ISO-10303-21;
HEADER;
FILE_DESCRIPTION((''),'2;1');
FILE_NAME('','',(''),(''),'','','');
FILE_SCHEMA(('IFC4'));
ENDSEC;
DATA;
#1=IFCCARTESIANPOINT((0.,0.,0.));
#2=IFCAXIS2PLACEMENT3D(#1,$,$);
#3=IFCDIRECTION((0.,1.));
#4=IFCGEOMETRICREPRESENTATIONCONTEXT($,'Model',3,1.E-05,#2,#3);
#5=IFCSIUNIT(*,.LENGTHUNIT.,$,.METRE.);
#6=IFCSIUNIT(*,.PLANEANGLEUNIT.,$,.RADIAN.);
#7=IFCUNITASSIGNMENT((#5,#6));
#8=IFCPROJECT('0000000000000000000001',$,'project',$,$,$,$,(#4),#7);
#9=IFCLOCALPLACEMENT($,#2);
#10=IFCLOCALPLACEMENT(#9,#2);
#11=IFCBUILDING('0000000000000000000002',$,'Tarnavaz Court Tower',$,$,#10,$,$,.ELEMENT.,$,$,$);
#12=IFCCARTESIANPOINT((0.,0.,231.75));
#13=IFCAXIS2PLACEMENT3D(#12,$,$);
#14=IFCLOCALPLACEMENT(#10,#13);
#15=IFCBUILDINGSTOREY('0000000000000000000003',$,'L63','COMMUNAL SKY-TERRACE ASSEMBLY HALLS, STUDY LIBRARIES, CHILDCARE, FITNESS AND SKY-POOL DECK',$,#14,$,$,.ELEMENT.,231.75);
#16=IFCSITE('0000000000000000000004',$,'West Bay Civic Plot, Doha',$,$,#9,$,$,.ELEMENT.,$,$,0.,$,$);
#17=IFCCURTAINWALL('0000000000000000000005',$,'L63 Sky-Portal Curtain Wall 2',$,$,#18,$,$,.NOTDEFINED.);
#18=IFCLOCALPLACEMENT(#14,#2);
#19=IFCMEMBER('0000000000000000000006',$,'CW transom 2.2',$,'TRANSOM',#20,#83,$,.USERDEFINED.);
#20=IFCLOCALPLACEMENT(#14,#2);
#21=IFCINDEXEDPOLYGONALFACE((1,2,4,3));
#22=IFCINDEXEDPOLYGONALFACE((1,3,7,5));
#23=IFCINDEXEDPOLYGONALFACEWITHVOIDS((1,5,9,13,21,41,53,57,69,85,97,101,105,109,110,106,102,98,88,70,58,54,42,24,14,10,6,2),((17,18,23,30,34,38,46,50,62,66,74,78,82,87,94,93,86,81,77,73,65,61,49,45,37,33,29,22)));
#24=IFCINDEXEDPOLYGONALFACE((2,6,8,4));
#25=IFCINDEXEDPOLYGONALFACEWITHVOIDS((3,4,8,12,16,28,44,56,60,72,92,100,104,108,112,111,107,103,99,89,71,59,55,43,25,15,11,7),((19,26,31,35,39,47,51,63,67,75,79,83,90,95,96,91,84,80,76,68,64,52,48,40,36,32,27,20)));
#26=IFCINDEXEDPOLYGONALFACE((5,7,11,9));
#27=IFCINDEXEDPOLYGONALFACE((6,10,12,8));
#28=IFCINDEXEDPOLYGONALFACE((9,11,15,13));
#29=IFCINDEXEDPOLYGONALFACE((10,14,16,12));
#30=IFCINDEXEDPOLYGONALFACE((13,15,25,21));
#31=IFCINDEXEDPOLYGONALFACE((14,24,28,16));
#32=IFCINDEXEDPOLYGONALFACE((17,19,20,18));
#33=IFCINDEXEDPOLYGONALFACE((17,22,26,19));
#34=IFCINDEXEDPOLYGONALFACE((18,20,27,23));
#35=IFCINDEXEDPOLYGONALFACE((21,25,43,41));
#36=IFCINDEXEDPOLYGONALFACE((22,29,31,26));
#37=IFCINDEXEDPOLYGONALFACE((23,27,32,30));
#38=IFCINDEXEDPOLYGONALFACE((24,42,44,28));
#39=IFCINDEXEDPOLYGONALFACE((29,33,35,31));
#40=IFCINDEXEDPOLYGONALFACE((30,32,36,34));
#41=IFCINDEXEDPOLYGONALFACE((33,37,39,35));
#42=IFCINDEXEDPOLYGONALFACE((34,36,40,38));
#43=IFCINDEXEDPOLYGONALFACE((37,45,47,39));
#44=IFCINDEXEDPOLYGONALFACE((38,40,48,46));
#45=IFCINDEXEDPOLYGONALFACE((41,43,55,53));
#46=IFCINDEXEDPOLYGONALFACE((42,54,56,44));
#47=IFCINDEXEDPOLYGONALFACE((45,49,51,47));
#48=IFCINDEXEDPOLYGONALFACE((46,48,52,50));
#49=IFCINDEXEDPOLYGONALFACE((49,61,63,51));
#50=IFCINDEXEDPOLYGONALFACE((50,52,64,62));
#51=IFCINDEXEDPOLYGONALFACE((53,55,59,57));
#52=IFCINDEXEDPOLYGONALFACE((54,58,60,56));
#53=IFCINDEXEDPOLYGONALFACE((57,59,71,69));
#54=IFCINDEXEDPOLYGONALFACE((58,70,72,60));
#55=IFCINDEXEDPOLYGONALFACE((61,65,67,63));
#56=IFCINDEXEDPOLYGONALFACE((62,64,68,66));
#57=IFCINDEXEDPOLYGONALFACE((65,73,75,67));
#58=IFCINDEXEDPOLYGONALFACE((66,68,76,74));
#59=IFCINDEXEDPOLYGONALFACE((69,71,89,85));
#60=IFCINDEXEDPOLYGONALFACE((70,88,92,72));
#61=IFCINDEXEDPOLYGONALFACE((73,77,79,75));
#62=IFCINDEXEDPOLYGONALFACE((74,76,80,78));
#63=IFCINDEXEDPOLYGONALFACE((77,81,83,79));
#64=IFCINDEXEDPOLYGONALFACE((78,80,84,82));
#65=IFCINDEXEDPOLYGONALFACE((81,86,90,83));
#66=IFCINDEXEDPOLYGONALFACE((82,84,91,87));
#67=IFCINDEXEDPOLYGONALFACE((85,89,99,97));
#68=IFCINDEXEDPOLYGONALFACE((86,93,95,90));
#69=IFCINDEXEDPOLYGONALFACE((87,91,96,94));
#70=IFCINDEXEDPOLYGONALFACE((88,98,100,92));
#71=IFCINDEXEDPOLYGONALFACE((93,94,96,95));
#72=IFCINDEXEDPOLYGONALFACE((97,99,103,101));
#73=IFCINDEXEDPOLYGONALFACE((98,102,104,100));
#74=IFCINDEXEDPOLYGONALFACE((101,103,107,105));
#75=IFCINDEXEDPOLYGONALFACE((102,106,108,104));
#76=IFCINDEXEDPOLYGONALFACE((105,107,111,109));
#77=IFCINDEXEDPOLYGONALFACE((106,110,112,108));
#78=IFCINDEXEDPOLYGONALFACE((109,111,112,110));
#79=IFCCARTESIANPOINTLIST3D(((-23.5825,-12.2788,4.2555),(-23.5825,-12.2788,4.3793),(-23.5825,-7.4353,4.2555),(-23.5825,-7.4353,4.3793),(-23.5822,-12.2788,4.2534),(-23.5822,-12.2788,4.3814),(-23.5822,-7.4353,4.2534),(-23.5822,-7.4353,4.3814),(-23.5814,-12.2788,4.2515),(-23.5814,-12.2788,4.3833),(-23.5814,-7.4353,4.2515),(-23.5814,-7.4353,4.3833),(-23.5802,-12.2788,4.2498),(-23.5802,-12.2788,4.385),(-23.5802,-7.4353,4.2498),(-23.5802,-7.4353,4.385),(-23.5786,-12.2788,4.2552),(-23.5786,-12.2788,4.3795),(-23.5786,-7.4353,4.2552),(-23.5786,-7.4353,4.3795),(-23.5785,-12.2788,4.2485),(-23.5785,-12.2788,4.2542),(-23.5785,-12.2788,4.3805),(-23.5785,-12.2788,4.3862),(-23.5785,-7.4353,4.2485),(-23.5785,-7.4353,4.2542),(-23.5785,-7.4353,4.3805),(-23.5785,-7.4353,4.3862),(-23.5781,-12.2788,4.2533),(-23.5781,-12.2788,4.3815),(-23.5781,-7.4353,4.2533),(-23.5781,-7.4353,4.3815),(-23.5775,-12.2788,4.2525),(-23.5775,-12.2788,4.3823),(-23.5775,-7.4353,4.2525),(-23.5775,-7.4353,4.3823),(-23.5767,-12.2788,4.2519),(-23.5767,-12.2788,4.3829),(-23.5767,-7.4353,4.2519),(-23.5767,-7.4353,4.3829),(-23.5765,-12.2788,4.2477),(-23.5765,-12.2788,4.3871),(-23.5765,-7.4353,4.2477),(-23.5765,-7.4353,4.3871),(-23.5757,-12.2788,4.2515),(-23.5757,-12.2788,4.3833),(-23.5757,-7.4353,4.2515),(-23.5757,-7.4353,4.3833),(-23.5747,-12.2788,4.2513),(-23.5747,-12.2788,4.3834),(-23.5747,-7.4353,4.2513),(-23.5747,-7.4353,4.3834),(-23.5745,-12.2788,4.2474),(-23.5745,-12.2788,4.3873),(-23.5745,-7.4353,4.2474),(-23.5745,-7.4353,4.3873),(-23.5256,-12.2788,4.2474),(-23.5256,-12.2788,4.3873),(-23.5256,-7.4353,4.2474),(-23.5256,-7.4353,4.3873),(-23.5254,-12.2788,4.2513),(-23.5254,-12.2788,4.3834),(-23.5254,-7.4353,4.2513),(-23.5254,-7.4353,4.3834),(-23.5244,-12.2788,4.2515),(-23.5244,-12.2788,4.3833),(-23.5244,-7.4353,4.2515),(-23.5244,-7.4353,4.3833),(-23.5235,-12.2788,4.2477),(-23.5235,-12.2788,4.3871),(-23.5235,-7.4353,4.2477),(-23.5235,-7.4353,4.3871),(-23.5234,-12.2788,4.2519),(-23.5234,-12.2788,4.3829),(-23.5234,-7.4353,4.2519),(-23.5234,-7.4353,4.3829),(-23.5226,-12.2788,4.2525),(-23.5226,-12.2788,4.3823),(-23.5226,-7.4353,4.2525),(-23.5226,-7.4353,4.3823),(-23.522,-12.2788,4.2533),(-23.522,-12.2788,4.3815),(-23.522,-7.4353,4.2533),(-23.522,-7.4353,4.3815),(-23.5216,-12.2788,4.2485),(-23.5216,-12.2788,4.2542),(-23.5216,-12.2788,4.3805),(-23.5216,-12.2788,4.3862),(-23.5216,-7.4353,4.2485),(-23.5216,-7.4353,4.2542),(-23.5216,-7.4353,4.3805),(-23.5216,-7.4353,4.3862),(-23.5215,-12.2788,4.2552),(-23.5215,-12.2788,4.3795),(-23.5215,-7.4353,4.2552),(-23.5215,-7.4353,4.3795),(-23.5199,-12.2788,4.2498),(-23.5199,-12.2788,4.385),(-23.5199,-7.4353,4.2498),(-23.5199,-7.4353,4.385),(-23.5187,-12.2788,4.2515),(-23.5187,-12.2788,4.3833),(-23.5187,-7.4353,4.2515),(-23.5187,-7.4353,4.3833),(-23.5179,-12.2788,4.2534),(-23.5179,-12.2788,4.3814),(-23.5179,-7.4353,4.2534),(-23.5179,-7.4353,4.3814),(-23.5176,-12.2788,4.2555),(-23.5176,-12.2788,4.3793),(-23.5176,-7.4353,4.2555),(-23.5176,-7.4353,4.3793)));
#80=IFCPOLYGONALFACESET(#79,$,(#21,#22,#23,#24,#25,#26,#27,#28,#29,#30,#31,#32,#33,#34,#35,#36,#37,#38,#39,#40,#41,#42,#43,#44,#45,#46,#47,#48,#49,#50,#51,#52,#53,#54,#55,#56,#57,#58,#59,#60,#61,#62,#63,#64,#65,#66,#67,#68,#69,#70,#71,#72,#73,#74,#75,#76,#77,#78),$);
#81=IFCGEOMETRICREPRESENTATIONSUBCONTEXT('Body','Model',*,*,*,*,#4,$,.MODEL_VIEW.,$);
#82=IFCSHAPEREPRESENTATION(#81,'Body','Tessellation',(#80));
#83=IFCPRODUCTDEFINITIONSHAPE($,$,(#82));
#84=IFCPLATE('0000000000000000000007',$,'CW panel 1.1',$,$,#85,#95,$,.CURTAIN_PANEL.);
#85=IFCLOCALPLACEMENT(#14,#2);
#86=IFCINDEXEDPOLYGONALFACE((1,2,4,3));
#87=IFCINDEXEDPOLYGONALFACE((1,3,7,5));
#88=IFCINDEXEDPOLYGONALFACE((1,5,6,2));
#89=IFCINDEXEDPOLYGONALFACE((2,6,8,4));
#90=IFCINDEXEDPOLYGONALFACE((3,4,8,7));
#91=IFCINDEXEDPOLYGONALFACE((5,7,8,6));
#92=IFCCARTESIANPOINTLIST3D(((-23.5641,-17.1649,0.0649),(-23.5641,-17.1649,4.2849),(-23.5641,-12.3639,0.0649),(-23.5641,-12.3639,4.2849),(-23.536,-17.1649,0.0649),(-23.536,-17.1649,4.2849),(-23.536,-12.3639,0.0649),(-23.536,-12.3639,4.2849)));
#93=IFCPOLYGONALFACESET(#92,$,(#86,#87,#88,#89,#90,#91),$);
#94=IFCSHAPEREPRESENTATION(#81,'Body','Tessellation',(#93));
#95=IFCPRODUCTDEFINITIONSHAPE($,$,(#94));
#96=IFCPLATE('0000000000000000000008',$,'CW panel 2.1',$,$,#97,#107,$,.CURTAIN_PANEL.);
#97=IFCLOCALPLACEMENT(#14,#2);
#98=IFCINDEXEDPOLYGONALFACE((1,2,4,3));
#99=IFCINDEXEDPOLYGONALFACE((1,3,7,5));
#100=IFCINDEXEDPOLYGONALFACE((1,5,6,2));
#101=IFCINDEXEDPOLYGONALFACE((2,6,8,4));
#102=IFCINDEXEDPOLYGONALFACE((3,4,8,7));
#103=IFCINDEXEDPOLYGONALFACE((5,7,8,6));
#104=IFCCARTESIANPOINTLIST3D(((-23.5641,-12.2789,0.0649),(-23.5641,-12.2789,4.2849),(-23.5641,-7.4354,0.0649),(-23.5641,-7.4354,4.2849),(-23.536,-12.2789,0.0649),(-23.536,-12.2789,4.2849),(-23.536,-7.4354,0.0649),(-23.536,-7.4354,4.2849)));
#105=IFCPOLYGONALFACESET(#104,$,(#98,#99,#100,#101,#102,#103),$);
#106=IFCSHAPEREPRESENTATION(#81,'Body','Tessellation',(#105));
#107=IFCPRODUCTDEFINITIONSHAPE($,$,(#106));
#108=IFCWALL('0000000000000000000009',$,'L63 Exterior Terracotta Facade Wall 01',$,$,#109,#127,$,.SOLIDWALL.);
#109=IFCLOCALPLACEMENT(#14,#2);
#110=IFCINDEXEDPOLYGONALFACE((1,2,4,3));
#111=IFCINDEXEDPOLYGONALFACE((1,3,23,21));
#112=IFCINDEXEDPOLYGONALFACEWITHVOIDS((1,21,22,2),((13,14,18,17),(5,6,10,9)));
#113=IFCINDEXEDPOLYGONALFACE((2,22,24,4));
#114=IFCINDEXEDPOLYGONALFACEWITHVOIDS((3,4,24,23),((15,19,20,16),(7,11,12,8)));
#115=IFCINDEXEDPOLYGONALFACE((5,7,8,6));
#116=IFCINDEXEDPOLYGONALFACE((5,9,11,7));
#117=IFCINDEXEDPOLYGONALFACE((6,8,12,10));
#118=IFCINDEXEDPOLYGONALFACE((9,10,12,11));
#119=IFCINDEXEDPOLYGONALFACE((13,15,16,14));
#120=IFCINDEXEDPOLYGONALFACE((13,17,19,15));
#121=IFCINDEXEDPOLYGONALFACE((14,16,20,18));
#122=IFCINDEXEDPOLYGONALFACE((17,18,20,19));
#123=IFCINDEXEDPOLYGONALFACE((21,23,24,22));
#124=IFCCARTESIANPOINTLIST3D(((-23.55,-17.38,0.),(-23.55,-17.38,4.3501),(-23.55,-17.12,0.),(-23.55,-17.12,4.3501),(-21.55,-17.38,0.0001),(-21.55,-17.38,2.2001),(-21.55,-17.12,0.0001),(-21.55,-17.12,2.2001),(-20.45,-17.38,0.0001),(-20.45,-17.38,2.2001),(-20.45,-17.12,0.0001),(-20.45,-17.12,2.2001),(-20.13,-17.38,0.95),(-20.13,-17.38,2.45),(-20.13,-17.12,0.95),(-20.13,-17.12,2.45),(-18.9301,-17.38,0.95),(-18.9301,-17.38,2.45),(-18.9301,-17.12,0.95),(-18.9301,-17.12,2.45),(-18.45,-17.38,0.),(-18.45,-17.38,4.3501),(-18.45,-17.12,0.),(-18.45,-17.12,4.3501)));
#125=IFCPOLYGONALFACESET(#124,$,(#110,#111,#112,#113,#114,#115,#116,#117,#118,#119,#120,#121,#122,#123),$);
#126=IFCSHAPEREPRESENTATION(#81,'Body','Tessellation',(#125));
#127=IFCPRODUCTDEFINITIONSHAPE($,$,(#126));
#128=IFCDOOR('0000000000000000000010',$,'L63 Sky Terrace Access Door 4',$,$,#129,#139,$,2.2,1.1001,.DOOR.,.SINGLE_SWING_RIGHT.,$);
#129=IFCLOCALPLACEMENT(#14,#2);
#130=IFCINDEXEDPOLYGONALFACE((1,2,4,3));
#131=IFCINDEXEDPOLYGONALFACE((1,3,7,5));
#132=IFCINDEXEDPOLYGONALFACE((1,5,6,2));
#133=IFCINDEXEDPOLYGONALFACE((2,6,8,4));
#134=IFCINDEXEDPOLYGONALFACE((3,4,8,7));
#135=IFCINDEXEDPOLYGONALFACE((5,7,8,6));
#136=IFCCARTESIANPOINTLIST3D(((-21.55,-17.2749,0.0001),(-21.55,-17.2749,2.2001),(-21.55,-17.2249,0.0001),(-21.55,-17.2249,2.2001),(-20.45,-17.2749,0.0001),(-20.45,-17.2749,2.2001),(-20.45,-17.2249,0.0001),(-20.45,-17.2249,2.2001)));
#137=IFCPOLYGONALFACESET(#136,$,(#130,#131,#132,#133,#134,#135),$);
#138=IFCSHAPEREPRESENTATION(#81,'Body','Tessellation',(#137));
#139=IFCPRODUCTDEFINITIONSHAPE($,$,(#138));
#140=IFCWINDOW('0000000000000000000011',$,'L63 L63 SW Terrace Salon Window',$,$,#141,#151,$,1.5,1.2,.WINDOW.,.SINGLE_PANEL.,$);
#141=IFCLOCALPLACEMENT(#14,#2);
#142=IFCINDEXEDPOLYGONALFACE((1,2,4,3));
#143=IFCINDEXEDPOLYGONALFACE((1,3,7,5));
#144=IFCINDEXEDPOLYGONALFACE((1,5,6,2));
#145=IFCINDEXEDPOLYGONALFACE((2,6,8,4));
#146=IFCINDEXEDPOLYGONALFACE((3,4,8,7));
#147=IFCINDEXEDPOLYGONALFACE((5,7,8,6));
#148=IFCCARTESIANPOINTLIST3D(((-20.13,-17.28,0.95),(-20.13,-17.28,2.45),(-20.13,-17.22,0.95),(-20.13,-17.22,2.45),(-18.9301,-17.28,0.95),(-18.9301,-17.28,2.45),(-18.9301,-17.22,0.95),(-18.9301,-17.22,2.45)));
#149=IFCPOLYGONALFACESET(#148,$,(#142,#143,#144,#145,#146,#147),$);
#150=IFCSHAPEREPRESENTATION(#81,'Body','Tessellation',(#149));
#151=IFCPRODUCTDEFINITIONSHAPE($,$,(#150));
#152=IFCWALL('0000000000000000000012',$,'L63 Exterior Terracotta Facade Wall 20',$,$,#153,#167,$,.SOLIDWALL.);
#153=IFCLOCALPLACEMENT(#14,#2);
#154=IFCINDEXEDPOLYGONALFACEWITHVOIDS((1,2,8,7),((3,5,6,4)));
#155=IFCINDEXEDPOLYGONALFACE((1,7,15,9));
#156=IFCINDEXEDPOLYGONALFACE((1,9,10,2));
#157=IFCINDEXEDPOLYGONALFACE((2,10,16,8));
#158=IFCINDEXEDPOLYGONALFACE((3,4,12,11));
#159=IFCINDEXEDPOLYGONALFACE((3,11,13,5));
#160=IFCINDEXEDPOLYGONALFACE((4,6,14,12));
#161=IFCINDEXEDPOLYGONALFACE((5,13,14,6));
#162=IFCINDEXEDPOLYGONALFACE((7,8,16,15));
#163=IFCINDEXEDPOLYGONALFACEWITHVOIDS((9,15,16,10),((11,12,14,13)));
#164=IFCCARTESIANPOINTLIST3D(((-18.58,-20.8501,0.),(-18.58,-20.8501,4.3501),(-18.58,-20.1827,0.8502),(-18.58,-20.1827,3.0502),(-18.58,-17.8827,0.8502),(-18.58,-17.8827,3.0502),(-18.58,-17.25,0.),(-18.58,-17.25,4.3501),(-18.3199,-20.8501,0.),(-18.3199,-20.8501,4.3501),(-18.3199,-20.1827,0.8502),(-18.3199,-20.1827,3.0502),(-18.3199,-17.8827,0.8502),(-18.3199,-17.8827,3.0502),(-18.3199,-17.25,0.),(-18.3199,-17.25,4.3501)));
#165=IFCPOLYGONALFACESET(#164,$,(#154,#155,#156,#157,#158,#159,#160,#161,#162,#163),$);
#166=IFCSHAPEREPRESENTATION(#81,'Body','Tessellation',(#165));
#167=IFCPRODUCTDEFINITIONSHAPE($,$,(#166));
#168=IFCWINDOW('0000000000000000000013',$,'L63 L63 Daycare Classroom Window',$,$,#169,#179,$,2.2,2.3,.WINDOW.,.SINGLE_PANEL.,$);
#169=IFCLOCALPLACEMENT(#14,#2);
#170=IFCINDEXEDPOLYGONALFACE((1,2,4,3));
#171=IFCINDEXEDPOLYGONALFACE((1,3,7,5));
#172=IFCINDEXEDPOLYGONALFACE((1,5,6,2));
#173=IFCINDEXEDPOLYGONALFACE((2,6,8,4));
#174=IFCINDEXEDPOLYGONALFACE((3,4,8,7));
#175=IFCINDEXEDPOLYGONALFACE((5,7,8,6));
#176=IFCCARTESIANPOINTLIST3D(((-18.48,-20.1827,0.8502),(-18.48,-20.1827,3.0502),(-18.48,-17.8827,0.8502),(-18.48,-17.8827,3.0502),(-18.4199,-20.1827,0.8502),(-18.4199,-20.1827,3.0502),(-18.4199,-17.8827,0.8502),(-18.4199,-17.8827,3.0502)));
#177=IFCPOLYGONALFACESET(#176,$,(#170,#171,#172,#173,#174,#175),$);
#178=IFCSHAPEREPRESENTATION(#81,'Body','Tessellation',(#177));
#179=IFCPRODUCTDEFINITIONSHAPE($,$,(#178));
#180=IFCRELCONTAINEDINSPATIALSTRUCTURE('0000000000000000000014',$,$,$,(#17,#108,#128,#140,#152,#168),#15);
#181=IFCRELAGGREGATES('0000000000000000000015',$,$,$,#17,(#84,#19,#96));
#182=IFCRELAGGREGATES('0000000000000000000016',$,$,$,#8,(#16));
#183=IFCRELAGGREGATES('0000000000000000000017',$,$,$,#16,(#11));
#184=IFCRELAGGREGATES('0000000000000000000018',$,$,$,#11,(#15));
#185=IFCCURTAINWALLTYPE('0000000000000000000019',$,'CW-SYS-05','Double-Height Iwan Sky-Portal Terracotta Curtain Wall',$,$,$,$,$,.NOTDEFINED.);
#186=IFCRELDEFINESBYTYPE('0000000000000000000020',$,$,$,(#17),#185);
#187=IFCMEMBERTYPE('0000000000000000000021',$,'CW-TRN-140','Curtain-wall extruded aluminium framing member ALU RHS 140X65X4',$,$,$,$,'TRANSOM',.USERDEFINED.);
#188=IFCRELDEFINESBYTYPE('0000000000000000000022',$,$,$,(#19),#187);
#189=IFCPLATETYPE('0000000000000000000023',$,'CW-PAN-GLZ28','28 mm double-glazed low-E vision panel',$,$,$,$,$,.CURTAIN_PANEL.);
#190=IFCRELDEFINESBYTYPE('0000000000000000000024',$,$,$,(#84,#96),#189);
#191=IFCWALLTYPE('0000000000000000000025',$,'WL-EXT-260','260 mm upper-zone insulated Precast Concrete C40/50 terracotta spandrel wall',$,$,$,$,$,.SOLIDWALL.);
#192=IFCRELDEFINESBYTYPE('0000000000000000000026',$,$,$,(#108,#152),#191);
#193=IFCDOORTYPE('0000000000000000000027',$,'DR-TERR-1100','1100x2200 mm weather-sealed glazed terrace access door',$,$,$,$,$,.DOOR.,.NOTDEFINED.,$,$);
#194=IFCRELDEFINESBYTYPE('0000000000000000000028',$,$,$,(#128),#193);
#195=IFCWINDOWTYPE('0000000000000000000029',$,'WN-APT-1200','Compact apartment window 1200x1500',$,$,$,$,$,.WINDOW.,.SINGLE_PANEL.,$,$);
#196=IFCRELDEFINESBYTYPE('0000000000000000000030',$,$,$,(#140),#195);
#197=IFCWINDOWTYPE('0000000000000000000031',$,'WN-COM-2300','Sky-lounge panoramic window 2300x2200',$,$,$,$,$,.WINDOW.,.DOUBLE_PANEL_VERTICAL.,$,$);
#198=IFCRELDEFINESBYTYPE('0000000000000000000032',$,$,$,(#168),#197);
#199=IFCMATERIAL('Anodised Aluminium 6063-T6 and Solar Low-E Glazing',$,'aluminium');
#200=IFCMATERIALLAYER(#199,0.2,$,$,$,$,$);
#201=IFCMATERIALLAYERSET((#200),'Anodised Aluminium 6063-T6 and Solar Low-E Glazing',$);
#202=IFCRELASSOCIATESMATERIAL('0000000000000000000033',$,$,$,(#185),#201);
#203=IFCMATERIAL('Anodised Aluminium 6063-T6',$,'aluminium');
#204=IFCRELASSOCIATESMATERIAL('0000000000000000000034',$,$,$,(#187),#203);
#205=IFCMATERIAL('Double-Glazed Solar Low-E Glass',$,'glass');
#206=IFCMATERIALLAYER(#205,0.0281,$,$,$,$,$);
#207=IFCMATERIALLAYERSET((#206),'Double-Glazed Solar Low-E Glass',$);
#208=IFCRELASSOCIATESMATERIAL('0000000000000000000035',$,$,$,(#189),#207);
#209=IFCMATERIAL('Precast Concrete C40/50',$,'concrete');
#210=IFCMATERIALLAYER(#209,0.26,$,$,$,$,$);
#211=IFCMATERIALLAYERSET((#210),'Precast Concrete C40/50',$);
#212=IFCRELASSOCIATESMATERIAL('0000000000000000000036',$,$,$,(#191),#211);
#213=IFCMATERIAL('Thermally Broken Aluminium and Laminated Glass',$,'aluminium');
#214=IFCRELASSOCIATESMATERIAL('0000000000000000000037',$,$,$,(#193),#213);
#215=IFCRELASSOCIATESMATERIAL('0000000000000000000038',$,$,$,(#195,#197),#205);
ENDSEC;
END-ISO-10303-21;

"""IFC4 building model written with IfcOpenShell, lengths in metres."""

from ifc_helpers import new_model, si_unit, direction, frame, frame_2d, origin, origin_2d, place, context, subcontext, project, spatial, rectangle, hollow_rectangle, extrude, material, layer, layer_set, material_profile, profile_set, type_object, element, fill, aggregate, save


model = new_model("IFC4")

# Units and contexts
model_context = context("Model", 3, precision=1e-05, world=origin(), true_north=direction((0.0, 1.0)))
body_context = subcontext(model_context, "Body", "Model", "MODEL_VIEW")
ifc_project = project(units=[si_unit("LENGTHUNIT", "METRE"), si_unit("PLANEANGLEUNIT", "RADIAN")], contexts=[model_context])

# Site, building, storey
site_placement = place(None, origin())
site = spatial("IfcSite", under=ifc_project, at=site_placement, Name="West Bay Civic Plot, Doha", CompositionType="ELEMENT", RefElevation=0.0)
building_placement = place(site_placement, origin())
building = spatial("IfcBuilding", under=site, at=building_placement, Name="Tarnavaz Court Tower", CompositionType="ELEMENT")
storey_placement = place(building_placement, frame((0.0, 0.0, 231.75)))
storey = spatial("IfcBuildingStorey", under=building, at=storey_placement, Name="L63", Description="COMMUNAL SKY-TERRACE ASSEMBLY HALLS, STUDY LIBRARIES, CHILDCARE, FITNESS AND SKY-POOL DECK", CompositionType="ELEMENT", Elevation=231.75)

# Curtain wall, member, plates
ifc_material_1 = material(Name="Anodised Aluminium 6063-T6 and Solar Low-E Glazing", Category="aluminium")
ifc_layer_1 = layer(ifc_material_1, 0.2)
ifc_layer_set_1 = layer_set([ifc_layer_1], Name="Anodised Aluminium 6063-T6 and Solar Low-E Glazing")
curtain_wall_type = type_object("IfcCurtainWallType", Name="CW-SYS-05", Description="Double-Height Iwan Sky-Portal Terracotta Curtain Wall", PredefinedType="NOTDEFINED", material=ifc_layer_set_1)
curtain_wall_placement = place(storey_placement, origin())
curtain_wall = element("IfcCurtainWall", 1, at=curtain_wall_placement, inside=storey, type_object=curtain_wall_type, Name="L63 Sky-Portal Curtain Wall 2", PredefinedType="NOTDEFINED")
ifc_material_2 = material(Name="Anodised Aluminium 6063-T6", Category="aluminium")
ifc_material_profile_1 = material_profile(ifc_material_2, hollow_rectangle(XDim=0.0649, YDim=0.1399, WallThickness=0.0039, InnerFilletRadius=0.0039, OuterFilletRadius=0.0081, at=origin_2d()), Name="ALU RHS 140X65X4")
ifc_profile_set_1 = profile_set([ifc_material_profile_1], Name="Anodised Aluminium 6063-T6")
member_type_1 = type_object("IfcMemberType", Name="CW-TRN-140", Description="Curtain-wall extruded aluminium framing member ALU RHS 140X65X4", ElementType="TRANSOM", PredefinedType="USERDEFINED", material=ifc_profile_set_1)
member_1_placement = place(storey_placement, frame((-23.55, -12.2788, 4.3174), z_axis=(0.0, 1.0, 0.0), x_axis=(-1.0, 0.0, 0.0)))
member_1 = element("IfcMember", 2, at=member_1_placement, type_object=member_type_1, Name="CW transom 2.2", ObjectType="TRANSOM", PredefinedType="USERDEFINED", context=body_context, shape_type="SweptSolid", body=[
    extrude(hollow_rectangle(XDim=0.0649, YDim=0.1399, WallThickness=0.0039, InnerFilletRadius=0.0039, OuterFilletRadius=0.0081, at=origin_2d()), origin(), (0.0, 0.0, 1.0), 4.8435),
])
ifc_material_3 = material(Name="Double-Glazed Solar Low-E Glass", Category="glass")
ifc_layer_2 = layer(ifc_material_3, 0.0281)
ifc_layer_set_2 = layer_set([ifc_layer_2], Name="Double-Glazed Solar Low-E Glass")
plate_type = type_object("IfcPlateType", Name="CW-PAN-GLZ28", Description="28 mm double-glazed low-E vision panel", PredefinedType="CURTAIN_PANEL", material=ifc_layer_set_2)
plate_1_placement = place(storey_placement, frame((-23.55, -14.7644, 0.0649), z_axis=(0.0, 0.0, 1.0), x_axis=(0.0, 1.0, 0.0)))
plate_1 = element("IfcPlate", 3, at=plate_1_placement, type_object=plate_type, Name="CW panel 1.1", PredefinedType="CURTAIN_PANEL", context=body_context, shape_type="SweptSolid", body=[
    extrude(rectangle(XDim=4.801, YDim=0.0281, at=origin_2d()), origin(), (0.0, 0.0, 1.0), 4.22),
])
plate_2_placement = place(storey_placement, frame((-23.55, -9.8572, 0.0649), z_axis=(0.0, 0.0, 1.0), x_axis=(0.0, 1.0, 0.0)))
plate_2 = element("IfcPlate", 4, at=plate_2_placement, type_object=plate_type, Name="CW panel 2.1", PredefinedType="CURTAIN_PANEL", context=body_context, shape_type="SweptSolid", body=[
    extrude(rectangle(XDim=4.8435, YDim=0.0281, at=origin_2d()), origin(), (0.0, 0.0, 1.0), 4.22),
])
aggregate(curtain_wall, [plate_1, member_1, plate_2])

# Wall, openings, door, window
ifc_material_4 = material(Name="Precast Concrete C40/50", Category="concrete")
ifc_layer_3 = layer(ifc_material_4, 0.26)
ifc_layer_set_3 = layer_set([ifc_layer_3], Name="Precast Concrete C40/50")
wall_type_1 = type_object("IfcWallType", Name="WL-EXT-260", Description="260 mm upper-zone insulated Precast Concrete C40/50 terracotta spandrel wall", PredefinedType="SOLIDWALL", material=ifc_layer_set_3)
wall_1_placement = place(storey_placement, frame((-18.45, -17.25, 0.0), z_axis=(0.0, 0.0, 1.0), x_axis=(-1.0, 0.0, 0.0)))
wall_1 = element("IfcWall", 5, at=wall_1_placement, inside=storey, type_object=wall_type_1, Name="L63 Exterior Terracotta Facade Wall 01", PredefinedType="SOLIDWALL", context=body_context, shape_type="SweptSolid", body=[
    extrude(rectangle(XDim=5.1001, YDim=0.26, at=frame_2d((2.55, 0.0))), origin(), (0.0, 0.0, 1.0), 4.3501),
])
opening_1_placement = place(wall_1_placement, frame((2.0, 0.0, 0.0)))
opening_1 = element("IfcOpeningElement", 6, at=opening_1_placement, cuts=wall_1, PredefinedType="OPENING", context=body_context, shape_type="SweptSolid", body=[
    extrude(rectangle(XDim=1.1001, YDim=2.2, at=frame_2d((0.55, 1.1001))), frame((0.0, 0.1399, 0.0), z_axis=(0.0, -1.0, 0.0), x_axis=(1.0, 0.0, 0.0)), (0.0, 0.0, 1.0), 0.28),
])
opening_2_placement = place(wall_1_placement, frame((0.48, 0.0, 0.95)))
opening_2 = element("IfcOpeningElement", 7, at=opening_2_placement, cuts=wall_1, PredefinedType="OPENING", context=body_context, shape_type="SweptSolid", body=[
    extrude(rectangle(XDim=1.2, YDim=1.5, at=frame_2d((0.6001, 0.75))), frame((0.0, 0.1399, 0.0), z_axis=(0.0, -1.0, 0.0), x_axis=(1.0, 0.0, 0.0)), (0.0, 0.0, 1.0), 0.28),
])
ifc_material_5 = material(Name="Thermally Broken Aluminium and Laminated Glass", Category="aluminium")
door_type_1 = type_object("IfcDoorType", Name="DR-TERR-1100", Description="1100x2200 mm weather-sealed glazed terrace access door", OperationType="NOTDEFINED", PredefinedType="DOOR", material=ifc_material_5)
door_1_placement = place(opening_1_placement, origin())
door_1 = element("IfcDoor", 8, at=door_1_placement, inside=storey, type_object=door_type_1, Name="L63 Sky Terrace Access Door 4", OperationType="SINGLE_SWING_RIGHT", OverallHeight=2.2, OverallWidth=1.1001, PredefinedType="DOOR", context=body_context, shape_type="SweptSolid", body=[
    extrude(rectangle(XDim=1.1001, YDim=2.2, at=frame_2d((0.55, 1.1001))), frame((0.0, 0.0249, 0.0), z_axis=(0.0, -1.0, 0.0), x_axis=(1.0, 0.0, 0.0)), (0.0, 0.0, 1.0), 0.05),
])
fill(opening_1, door_1)
window_type_1 = type_object("IfcWindowType", Name="WN-APT-1200", Description="Compact apartment window 1200x1500", PartitioningType="SINGLE_PANEL", PredefinedType="WINDOW", material=ifc_material_3)
window_1_placement = place(opening_2_placement, origin())
window_1 = element("IfcWindow", 9, at=window_1_placement, inside=storey, type_object=window_type_1, Name="L63 L63 SW Terrace Salon Window", OverallHeight=1.5, OverallWidth=1.2, PartitioningType="SINGLE_PANEL", PredefinedType="WINDOW", context=body_context, shape_type="SweptSolid", body=[
    extrude(rectangle(XDim=1.2, YDim=1.5, at=frame_2d((0.6001, 0.75))), frame((0.0, 0.03, 0.0), z_axis=(0.0, -1.0, 0.0), x_axis=(1.0, 0.0, 0.0)), (0.0, 0.0, 1.0), 0.0601),
])
fill(opening_2, window_1)

# Wall, opening, window
wall_2_placement = place(storey_placement, frame((-18.45, -20.8501, 0.0), z_axis=(0.0, 0.0, 1.0), x_axis=(0.0, 1.0, 0.0)))
wall_2 = element("IfcWall", 10, at=wall_2_placement, inside=storey, type_object=wall_type_1, Name="L63 Exterior Terracotta Facade Wall 20", PredefinedType="SOLIDWALL", context=body_context, shape_type="SweptSolid", body=[
    extrude(rectangle(XDim=3.6001, YDim=0.26, at=frame_2d((1.8, 0.0))), origin(), (0.0, 0.0, 1.0), 4.3501),
])
opening_3_placement = place(wall_2_placement, frame((0.6675, 0.0, 0.8501)))
opening_3 = element("IfcOpeningElement", 11, at=opening_3_placement, cuts=wall_2, PredefinedType="OPENING", context=body_context, shape_type="SweptSolid", body=[
    extrude(rectangle(XDim=2.3, YDim=2.2, at=frame_2d((1.1499, 1.1001))), frame((0.0, 0.1399, 0.0), z_axis=(0.0, -1.0, 0.0), x_axis=(1.0, 0.0, 0.0)), (0.0, 0.0, 1.0), 0.28),
])
window_type_2 = type_object("IfcWindowType", Name="WN-COM-2300", Description="Sky-lounge panoramic window 2300x2200", PartitioningType="DOUBLE_PANEL_VERTICAL", PredefinedType="WINDOW", material=ifc_material_3)
window_2_placement = place(opening_3_placement, origin())
window_2 = element("IfcWindow", 12, at=window_2_placement, inside=storey, type_object=window_type_2, Name="L63 L63 Daycare Classroom Window", OverallHeight=2.2, OverallWidth=2.3, PartitioningType="SINGLE_PANEL", PredefinedType="WINDOW", context=body_context, shape_type="SweptSolid", body=[
    extrude(rectangle(XDim=2.3, YDim=2.2, at=frame_2d((1.1499, 1.1001))), frame((0.0, 0.03, 0.0), z_axis=(0.0, -1.0, 0.0), x_axis=(1.0, 0.0, 0.0)), (0.0, 0.0, 1.0), 0.0601),
])
fill(opening_3, window_2)

save(model, "model.ifc")
